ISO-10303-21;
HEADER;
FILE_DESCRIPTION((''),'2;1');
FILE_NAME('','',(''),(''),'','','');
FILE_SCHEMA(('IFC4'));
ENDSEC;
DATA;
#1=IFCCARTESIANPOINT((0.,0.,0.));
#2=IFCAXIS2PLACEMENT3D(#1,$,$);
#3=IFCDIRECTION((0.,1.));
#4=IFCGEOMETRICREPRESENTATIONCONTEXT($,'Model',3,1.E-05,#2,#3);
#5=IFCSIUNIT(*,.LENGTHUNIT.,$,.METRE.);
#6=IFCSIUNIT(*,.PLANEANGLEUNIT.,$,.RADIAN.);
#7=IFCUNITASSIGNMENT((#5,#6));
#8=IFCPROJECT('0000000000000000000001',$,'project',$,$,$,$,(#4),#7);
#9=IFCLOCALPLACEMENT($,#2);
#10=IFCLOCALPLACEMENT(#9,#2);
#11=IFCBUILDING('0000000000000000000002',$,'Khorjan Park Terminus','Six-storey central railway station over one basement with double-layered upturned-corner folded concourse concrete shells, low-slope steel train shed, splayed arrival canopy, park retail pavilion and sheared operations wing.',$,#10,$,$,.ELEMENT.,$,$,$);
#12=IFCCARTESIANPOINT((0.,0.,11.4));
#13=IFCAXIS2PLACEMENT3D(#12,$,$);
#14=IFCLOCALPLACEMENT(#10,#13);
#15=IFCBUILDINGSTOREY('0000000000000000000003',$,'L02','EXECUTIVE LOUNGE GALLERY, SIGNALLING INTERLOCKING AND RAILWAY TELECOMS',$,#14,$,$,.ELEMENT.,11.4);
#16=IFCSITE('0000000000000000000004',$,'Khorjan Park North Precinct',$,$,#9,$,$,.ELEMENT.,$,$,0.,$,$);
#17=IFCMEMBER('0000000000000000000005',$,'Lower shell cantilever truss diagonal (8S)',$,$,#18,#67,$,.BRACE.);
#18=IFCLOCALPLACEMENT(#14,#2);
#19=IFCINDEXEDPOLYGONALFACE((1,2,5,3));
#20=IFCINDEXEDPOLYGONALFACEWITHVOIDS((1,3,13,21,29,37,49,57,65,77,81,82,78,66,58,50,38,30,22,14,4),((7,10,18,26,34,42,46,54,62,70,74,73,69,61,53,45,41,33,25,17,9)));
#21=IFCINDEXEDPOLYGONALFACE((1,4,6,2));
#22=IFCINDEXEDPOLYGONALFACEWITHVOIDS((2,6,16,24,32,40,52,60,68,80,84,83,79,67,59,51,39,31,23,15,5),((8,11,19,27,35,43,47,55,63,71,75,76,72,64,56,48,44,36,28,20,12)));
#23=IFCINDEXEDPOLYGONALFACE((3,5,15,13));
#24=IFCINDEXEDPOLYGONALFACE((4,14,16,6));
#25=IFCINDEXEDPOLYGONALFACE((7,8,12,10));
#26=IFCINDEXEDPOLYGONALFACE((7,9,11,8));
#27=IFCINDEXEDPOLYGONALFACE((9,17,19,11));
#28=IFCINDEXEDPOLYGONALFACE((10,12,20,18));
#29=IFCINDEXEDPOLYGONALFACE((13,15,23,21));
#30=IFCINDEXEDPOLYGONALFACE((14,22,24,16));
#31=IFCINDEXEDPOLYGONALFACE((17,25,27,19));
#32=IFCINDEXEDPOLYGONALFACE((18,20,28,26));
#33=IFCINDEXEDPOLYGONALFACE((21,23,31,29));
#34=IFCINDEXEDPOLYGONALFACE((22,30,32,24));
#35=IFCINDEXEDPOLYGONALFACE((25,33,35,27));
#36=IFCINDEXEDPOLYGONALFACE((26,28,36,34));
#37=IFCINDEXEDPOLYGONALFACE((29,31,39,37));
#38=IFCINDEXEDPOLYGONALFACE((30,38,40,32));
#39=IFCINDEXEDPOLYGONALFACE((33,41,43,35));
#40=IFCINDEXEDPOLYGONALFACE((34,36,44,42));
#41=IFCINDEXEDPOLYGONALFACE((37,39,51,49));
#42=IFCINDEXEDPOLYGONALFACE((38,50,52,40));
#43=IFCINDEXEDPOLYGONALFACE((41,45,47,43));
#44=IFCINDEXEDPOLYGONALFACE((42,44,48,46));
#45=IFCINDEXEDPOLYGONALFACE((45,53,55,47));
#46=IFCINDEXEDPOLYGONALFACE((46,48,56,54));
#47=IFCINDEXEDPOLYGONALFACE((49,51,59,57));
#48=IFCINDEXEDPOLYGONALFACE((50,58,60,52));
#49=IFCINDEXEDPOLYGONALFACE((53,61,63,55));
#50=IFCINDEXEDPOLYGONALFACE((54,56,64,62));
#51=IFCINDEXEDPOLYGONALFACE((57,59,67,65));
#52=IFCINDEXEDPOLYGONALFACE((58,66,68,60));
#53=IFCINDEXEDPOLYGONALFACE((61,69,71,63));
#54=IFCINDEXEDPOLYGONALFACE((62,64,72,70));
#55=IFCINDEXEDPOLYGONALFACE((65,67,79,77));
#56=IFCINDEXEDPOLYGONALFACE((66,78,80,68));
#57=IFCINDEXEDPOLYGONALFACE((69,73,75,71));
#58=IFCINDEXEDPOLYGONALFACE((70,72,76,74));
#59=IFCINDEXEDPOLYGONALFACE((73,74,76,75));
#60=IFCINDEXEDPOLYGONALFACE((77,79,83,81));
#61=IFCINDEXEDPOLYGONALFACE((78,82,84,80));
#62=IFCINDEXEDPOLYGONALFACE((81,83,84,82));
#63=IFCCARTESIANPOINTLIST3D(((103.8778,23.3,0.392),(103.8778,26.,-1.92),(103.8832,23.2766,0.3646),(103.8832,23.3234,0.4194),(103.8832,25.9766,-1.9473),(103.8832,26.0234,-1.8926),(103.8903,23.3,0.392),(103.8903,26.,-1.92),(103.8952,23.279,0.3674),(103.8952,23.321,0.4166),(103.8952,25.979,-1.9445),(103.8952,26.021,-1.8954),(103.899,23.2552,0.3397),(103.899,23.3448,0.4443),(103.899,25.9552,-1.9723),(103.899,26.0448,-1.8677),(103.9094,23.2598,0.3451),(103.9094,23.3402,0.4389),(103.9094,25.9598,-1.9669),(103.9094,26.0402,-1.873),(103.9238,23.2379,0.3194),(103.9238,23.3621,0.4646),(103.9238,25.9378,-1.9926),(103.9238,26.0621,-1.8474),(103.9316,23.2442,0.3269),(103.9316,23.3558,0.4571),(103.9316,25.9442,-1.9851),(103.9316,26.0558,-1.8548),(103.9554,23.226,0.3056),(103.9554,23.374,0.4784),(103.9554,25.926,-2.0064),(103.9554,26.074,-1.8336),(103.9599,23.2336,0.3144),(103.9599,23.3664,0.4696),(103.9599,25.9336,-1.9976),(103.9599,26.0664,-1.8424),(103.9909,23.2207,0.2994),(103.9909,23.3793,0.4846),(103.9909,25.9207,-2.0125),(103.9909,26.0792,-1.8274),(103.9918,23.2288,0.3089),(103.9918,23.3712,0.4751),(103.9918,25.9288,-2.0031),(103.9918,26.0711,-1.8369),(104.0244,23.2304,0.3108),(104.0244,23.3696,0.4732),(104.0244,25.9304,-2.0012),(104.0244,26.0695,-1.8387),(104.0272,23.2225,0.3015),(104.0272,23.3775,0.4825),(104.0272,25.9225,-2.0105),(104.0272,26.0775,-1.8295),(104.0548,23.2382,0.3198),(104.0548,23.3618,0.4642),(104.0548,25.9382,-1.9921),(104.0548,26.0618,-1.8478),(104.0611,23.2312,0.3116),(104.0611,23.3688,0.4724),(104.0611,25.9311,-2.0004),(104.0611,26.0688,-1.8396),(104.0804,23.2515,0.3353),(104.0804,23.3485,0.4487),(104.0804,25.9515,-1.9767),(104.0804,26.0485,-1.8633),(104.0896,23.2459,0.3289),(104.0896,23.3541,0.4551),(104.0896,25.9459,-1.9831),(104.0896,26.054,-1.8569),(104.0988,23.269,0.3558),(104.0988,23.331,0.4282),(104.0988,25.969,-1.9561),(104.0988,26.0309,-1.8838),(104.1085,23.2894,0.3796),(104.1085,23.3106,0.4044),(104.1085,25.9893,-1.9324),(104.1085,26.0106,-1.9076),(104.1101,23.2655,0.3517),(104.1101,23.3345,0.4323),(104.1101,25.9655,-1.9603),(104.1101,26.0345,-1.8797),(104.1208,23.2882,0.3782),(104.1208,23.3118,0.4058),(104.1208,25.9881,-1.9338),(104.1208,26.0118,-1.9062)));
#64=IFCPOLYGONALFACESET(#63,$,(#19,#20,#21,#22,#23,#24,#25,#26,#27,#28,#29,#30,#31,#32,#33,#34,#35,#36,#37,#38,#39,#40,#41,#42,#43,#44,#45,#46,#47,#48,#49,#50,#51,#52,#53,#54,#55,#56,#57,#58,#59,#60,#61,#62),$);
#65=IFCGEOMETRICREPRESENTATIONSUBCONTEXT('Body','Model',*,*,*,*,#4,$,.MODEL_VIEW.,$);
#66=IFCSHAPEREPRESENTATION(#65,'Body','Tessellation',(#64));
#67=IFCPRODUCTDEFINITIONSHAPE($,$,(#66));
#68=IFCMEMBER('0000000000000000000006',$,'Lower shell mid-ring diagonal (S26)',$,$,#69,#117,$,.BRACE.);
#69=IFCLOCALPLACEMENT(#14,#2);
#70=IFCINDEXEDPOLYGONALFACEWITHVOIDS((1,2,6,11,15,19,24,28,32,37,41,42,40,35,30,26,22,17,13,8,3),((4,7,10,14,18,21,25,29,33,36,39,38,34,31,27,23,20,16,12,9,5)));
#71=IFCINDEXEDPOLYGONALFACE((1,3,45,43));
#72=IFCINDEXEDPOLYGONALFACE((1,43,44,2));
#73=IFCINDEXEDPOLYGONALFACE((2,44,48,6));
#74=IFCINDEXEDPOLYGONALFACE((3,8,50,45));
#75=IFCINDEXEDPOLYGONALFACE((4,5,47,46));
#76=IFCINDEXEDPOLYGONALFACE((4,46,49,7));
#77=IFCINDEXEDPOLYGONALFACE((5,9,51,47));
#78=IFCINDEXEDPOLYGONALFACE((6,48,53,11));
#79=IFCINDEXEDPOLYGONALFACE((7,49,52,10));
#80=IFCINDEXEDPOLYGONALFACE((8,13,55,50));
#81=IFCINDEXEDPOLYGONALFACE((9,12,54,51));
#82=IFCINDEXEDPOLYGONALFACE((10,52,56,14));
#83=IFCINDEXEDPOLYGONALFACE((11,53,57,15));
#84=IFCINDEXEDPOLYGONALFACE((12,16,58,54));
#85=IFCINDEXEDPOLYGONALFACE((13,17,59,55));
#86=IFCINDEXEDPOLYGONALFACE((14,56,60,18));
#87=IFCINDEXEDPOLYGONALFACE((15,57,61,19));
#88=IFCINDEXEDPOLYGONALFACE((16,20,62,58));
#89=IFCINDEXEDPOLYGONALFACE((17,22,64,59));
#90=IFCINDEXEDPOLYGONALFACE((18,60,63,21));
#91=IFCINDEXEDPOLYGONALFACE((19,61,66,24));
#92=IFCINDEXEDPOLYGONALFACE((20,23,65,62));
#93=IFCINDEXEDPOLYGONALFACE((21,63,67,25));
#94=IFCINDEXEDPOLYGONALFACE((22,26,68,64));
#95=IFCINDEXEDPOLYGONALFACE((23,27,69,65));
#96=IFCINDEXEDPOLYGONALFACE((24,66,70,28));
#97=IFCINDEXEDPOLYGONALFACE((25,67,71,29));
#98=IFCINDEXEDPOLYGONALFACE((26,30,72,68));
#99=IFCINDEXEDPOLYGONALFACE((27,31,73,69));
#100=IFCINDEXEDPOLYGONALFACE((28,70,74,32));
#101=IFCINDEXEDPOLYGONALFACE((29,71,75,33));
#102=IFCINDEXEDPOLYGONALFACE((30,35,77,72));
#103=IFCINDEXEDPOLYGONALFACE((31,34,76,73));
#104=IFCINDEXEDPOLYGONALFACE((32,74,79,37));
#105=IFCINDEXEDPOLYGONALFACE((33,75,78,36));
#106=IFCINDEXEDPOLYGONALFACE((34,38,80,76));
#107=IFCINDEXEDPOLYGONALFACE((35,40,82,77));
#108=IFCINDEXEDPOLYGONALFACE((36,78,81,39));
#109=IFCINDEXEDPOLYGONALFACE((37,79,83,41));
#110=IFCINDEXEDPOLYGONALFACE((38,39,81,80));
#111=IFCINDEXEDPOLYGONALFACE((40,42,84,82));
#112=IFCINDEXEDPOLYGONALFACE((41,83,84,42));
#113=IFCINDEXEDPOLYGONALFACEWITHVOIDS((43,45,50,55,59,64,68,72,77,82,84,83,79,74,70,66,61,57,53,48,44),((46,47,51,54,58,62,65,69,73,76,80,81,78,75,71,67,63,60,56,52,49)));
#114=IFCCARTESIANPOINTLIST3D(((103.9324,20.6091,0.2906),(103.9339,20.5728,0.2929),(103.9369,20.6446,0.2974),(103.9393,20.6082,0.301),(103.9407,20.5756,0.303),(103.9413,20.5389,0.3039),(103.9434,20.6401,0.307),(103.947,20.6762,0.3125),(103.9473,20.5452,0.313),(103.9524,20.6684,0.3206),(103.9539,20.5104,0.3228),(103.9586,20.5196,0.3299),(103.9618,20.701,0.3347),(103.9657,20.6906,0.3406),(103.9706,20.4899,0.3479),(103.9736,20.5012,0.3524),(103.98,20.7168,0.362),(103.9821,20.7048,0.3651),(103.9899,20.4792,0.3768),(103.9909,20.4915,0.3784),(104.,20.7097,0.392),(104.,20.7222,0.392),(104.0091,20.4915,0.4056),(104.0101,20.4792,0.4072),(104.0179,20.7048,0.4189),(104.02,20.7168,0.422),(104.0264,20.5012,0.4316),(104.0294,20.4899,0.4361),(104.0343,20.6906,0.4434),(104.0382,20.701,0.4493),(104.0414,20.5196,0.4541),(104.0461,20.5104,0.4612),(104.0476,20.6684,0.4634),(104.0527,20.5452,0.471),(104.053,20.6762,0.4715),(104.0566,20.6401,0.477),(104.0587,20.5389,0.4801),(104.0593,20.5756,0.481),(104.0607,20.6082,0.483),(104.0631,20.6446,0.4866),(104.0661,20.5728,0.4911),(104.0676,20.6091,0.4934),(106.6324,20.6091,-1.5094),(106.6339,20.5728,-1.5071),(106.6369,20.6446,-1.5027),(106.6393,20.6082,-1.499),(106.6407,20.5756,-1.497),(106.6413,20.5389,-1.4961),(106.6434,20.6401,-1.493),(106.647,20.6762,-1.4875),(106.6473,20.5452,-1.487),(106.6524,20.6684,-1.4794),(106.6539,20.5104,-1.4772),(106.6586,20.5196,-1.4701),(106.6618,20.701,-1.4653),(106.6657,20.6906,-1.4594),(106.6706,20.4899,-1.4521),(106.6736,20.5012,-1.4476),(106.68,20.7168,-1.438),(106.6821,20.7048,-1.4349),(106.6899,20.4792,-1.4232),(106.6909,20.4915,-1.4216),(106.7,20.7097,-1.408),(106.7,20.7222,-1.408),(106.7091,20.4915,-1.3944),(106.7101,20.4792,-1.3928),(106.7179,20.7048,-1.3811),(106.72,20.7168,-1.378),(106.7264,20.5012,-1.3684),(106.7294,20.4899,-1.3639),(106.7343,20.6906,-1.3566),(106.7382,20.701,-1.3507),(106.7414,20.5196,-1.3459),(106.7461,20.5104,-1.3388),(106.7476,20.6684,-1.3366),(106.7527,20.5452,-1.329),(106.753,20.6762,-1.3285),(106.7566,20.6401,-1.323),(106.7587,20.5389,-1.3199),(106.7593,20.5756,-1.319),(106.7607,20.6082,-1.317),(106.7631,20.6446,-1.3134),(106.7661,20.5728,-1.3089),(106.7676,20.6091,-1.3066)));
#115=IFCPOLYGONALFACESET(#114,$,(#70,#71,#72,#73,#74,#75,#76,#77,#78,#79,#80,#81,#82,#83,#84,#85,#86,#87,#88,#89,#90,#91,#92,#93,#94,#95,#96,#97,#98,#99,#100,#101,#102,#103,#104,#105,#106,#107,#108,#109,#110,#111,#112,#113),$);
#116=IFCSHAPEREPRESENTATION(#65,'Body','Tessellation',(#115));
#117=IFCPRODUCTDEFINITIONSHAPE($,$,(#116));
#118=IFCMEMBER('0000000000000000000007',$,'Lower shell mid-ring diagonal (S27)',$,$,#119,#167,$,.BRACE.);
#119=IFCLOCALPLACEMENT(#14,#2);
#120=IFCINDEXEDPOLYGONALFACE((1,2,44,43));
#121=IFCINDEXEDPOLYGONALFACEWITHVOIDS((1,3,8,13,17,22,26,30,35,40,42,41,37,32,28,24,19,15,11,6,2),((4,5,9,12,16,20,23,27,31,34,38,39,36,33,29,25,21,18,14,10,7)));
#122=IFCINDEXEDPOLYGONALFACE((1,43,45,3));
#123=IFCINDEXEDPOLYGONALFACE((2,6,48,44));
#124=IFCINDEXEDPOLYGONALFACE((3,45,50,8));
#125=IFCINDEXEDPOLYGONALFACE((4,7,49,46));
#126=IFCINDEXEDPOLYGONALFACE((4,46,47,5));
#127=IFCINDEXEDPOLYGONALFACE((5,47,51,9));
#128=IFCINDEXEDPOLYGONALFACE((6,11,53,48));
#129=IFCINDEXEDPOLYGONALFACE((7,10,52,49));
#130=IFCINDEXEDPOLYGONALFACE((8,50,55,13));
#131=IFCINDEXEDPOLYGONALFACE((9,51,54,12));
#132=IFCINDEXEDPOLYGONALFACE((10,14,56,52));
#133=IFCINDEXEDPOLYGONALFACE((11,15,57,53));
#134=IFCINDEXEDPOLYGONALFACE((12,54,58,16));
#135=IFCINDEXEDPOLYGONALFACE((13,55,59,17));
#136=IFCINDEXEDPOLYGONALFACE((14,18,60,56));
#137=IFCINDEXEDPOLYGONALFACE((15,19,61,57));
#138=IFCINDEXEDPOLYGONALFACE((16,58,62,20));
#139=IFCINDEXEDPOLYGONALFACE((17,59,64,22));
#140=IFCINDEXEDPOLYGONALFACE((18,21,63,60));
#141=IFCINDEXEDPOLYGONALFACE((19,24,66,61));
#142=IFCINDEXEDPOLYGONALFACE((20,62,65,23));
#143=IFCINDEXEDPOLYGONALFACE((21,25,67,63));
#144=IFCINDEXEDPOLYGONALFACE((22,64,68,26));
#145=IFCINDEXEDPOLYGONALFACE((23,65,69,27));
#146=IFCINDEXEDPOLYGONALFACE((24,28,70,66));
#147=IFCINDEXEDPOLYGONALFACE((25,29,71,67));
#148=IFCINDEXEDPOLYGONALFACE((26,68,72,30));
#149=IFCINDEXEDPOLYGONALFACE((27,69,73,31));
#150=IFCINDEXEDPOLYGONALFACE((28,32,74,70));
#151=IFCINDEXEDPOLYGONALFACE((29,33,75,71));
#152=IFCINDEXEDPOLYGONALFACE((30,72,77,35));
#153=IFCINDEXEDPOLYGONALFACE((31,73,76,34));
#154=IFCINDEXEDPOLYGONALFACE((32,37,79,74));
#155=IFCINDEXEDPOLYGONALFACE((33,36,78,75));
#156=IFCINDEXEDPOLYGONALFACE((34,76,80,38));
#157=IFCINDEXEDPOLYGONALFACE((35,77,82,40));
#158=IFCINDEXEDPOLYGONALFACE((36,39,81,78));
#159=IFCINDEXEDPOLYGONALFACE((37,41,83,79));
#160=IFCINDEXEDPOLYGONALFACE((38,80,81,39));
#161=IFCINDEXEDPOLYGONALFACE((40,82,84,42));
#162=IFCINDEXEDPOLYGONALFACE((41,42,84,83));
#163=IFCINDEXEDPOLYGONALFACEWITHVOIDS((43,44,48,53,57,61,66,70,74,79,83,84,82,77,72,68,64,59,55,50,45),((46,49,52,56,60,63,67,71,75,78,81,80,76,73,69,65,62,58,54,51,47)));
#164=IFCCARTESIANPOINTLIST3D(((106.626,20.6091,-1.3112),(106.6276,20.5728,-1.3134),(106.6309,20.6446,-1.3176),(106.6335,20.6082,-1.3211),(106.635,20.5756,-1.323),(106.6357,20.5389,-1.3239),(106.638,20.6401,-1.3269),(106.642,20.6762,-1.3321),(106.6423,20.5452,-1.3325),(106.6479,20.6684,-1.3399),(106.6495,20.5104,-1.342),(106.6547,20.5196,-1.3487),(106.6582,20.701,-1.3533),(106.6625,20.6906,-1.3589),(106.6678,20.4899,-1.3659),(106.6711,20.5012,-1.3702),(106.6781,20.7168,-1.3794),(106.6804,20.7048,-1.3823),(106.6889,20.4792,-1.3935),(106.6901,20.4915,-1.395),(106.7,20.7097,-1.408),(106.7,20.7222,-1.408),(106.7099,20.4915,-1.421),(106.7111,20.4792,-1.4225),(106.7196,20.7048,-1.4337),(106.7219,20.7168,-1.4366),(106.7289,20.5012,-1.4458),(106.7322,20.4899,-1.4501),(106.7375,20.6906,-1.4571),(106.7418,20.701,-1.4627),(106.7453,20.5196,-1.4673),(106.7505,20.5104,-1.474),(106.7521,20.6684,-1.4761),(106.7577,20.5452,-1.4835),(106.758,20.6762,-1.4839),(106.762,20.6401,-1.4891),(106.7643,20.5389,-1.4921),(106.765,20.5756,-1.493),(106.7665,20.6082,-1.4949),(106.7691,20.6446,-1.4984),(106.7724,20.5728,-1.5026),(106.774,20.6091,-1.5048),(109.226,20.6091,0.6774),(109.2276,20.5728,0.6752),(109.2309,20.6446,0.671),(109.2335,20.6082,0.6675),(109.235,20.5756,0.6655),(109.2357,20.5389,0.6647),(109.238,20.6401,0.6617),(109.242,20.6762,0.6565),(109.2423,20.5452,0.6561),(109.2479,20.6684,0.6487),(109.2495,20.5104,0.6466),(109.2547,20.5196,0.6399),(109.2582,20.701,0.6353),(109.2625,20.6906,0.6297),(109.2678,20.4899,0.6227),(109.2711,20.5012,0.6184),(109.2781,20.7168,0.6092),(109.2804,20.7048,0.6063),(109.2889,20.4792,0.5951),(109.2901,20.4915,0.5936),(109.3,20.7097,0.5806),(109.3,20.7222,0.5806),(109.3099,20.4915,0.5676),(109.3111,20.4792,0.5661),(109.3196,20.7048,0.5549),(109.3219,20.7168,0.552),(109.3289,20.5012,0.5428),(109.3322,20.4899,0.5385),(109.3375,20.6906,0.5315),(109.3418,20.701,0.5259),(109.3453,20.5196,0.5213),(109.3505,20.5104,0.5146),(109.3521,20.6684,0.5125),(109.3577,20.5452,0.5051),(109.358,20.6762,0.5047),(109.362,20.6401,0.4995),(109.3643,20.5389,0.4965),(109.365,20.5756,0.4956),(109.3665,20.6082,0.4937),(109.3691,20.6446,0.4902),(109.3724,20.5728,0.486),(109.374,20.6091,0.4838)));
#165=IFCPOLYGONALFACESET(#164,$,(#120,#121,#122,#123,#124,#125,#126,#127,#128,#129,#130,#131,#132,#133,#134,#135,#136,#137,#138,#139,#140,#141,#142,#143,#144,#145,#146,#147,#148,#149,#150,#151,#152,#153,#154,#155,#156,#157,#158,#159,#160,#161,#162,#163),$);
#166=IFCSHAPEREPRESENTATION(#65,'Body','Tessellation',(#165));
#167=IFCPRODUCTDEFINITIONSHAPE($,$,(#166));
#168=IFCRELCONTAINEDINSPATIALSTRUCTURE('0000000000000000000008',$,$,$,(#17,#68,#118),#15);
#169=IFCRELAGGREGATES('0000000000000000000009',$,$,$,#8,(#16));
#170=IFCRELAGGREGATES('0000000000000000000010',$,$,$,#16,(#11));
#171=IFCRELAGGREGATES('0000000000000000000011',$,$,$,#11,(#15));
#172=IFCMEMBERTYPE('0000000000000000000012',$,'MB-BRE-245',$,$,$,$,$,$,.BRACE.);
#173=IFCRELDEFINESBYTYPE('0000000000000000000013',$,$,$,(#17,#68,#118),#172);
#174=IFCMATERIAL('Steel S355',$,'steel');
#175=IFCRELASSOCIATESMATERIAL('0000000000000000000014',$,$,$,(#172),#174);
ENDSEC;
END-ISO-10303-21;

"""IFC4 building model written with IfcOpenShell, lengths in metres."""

from ifc_helpers import new_model, si_unit, direction, frame, origin, origin_2d, place, context, subcontext, project, spatial, hollow_circle, extrude, material, material_profile, profile_set, type_object, element, save


model = new_model("IFC4")

# Units and contexts
model_context = context("Model", 3, precision=1e-05, world=origin(), true_north=direction((0.0, 1.0)))
body_context = subcontext(model_context, "Body", "Model", "MODEL_VIEW")
ifc_project = project(units=[si_unit("LENGTHUNIT", "METRE"), si_unit("PLANEANGLEUNIT", "RADIAN")], contexts=[model_context])

# Site, building, storey
site_placement = place(None, origin())
site = spatial("IfcSite", under=ifc_project, at=site_placement, Name="Khorjan Park North Precinct", CompositionType="ELEMENT", RefElevation=0.0)
building_placement = place(site_placement, origin())
building = spatial("IfcBuilding", under=site, at=building_placement, Name="Khorjan Park Terminus", Description="Six-storey central railway station over one basement with double-layered upturned-corner folded concourse concrete shells, low-slope steel train shed, splayed arrival canopy, park retail pavilion and sheared operations wing.", CompositionType="ELEMENT")
storey_placement = place(building_placement, frame((0.0, 0.0, 11.4)))
storey = spatial("IfcBuildingStorey", under=building, at=storey_placement, Name="L02", Description="EXECUTIVE LOUNGE GALLERY, SIGNALLING INTERLOCKING AND RAILWAY TELECOMS", CompositionType="ELEMENT", Elevation=11.4)

# Members
ifc_material_1 = material(Name="Steel S355", Category="steel")
ifc_material_profile_1 = material_profile(ifc_material_1, hollow_circle(Radius=0.1222, WallThickness=0.0125, at=origin_2d()), Name="CHS 244.5x12.5")
ifc_profile_set_1 = profile_set([ifc_material_profile_1], Name="Steel S355")
member_type_1 = type_object("IfcMemberType", Name="MB-BRE-245", PredefinedType="BRACE", material=ifc_profile_set_1)
member_1_placement = place(storey_placement, frame((104.0, 23.3, 0.392), z_axis=(0.0, 0.759574, -0.650421), x_axis=(-1.0, 0.0, 0.0)))
element("IfcMember", 1, at=member_1_placement, inside=storey, type_object=member_type_1, Name="Lower shell cantilever truss diagonal (8S)", PredefinedType="BRACE", context=body_context, shape_type="SweptSolid", body=[
    extrude(hollow_circle(Radius=0.1222, WallThickness=0.0125, at=origin_2d()), origin(), (0.0, 0.0, 1.0), 3.5546),
])
member_2_placement = place(storey_placement, frame((104.0, 20.6, 0.392), z_axis=(0.83205, 0.0, -0.5547), x_axis=(0.0, 1.0, 0.0)))
element("IfcMember", 2, at=member_2_placement, inside=storey, type_object=member_type_1, Name="Lower shell mid-ring diagonal (S26)", PredefinedType="BRACE", context=body_context, shape_type="SweptSolid", body=[
    extrude(hollow_circle(Radius=0.1222, WallThickness=0.0125, at=origin_2d()), origin(), (0.0, 0.0, 1.0), 3.245),
])
member_3_placement = place(storey_placement, frame((106.7, 20.6, -1.408), z_axis=(0.794304, 0.0, 0.60752), x_axis=(0.0, 1.0, 0.0)))
element("IfcMember", 3, at=member_3_placement, inside=storey, type_object=member_type_1, Name="Lower shell mid-ring diagonal (S27)", PredefinedType="BRACE", context=body_context, shape_type="SweptSolid", body=[
    extrude(hollow_circle(Radius=0.1222, WallThickness=0.0125, at=origin_2d()), origin(), (0.0, 0.0, 1.0), 3.2733),
])

save(model, "model.ifc")
